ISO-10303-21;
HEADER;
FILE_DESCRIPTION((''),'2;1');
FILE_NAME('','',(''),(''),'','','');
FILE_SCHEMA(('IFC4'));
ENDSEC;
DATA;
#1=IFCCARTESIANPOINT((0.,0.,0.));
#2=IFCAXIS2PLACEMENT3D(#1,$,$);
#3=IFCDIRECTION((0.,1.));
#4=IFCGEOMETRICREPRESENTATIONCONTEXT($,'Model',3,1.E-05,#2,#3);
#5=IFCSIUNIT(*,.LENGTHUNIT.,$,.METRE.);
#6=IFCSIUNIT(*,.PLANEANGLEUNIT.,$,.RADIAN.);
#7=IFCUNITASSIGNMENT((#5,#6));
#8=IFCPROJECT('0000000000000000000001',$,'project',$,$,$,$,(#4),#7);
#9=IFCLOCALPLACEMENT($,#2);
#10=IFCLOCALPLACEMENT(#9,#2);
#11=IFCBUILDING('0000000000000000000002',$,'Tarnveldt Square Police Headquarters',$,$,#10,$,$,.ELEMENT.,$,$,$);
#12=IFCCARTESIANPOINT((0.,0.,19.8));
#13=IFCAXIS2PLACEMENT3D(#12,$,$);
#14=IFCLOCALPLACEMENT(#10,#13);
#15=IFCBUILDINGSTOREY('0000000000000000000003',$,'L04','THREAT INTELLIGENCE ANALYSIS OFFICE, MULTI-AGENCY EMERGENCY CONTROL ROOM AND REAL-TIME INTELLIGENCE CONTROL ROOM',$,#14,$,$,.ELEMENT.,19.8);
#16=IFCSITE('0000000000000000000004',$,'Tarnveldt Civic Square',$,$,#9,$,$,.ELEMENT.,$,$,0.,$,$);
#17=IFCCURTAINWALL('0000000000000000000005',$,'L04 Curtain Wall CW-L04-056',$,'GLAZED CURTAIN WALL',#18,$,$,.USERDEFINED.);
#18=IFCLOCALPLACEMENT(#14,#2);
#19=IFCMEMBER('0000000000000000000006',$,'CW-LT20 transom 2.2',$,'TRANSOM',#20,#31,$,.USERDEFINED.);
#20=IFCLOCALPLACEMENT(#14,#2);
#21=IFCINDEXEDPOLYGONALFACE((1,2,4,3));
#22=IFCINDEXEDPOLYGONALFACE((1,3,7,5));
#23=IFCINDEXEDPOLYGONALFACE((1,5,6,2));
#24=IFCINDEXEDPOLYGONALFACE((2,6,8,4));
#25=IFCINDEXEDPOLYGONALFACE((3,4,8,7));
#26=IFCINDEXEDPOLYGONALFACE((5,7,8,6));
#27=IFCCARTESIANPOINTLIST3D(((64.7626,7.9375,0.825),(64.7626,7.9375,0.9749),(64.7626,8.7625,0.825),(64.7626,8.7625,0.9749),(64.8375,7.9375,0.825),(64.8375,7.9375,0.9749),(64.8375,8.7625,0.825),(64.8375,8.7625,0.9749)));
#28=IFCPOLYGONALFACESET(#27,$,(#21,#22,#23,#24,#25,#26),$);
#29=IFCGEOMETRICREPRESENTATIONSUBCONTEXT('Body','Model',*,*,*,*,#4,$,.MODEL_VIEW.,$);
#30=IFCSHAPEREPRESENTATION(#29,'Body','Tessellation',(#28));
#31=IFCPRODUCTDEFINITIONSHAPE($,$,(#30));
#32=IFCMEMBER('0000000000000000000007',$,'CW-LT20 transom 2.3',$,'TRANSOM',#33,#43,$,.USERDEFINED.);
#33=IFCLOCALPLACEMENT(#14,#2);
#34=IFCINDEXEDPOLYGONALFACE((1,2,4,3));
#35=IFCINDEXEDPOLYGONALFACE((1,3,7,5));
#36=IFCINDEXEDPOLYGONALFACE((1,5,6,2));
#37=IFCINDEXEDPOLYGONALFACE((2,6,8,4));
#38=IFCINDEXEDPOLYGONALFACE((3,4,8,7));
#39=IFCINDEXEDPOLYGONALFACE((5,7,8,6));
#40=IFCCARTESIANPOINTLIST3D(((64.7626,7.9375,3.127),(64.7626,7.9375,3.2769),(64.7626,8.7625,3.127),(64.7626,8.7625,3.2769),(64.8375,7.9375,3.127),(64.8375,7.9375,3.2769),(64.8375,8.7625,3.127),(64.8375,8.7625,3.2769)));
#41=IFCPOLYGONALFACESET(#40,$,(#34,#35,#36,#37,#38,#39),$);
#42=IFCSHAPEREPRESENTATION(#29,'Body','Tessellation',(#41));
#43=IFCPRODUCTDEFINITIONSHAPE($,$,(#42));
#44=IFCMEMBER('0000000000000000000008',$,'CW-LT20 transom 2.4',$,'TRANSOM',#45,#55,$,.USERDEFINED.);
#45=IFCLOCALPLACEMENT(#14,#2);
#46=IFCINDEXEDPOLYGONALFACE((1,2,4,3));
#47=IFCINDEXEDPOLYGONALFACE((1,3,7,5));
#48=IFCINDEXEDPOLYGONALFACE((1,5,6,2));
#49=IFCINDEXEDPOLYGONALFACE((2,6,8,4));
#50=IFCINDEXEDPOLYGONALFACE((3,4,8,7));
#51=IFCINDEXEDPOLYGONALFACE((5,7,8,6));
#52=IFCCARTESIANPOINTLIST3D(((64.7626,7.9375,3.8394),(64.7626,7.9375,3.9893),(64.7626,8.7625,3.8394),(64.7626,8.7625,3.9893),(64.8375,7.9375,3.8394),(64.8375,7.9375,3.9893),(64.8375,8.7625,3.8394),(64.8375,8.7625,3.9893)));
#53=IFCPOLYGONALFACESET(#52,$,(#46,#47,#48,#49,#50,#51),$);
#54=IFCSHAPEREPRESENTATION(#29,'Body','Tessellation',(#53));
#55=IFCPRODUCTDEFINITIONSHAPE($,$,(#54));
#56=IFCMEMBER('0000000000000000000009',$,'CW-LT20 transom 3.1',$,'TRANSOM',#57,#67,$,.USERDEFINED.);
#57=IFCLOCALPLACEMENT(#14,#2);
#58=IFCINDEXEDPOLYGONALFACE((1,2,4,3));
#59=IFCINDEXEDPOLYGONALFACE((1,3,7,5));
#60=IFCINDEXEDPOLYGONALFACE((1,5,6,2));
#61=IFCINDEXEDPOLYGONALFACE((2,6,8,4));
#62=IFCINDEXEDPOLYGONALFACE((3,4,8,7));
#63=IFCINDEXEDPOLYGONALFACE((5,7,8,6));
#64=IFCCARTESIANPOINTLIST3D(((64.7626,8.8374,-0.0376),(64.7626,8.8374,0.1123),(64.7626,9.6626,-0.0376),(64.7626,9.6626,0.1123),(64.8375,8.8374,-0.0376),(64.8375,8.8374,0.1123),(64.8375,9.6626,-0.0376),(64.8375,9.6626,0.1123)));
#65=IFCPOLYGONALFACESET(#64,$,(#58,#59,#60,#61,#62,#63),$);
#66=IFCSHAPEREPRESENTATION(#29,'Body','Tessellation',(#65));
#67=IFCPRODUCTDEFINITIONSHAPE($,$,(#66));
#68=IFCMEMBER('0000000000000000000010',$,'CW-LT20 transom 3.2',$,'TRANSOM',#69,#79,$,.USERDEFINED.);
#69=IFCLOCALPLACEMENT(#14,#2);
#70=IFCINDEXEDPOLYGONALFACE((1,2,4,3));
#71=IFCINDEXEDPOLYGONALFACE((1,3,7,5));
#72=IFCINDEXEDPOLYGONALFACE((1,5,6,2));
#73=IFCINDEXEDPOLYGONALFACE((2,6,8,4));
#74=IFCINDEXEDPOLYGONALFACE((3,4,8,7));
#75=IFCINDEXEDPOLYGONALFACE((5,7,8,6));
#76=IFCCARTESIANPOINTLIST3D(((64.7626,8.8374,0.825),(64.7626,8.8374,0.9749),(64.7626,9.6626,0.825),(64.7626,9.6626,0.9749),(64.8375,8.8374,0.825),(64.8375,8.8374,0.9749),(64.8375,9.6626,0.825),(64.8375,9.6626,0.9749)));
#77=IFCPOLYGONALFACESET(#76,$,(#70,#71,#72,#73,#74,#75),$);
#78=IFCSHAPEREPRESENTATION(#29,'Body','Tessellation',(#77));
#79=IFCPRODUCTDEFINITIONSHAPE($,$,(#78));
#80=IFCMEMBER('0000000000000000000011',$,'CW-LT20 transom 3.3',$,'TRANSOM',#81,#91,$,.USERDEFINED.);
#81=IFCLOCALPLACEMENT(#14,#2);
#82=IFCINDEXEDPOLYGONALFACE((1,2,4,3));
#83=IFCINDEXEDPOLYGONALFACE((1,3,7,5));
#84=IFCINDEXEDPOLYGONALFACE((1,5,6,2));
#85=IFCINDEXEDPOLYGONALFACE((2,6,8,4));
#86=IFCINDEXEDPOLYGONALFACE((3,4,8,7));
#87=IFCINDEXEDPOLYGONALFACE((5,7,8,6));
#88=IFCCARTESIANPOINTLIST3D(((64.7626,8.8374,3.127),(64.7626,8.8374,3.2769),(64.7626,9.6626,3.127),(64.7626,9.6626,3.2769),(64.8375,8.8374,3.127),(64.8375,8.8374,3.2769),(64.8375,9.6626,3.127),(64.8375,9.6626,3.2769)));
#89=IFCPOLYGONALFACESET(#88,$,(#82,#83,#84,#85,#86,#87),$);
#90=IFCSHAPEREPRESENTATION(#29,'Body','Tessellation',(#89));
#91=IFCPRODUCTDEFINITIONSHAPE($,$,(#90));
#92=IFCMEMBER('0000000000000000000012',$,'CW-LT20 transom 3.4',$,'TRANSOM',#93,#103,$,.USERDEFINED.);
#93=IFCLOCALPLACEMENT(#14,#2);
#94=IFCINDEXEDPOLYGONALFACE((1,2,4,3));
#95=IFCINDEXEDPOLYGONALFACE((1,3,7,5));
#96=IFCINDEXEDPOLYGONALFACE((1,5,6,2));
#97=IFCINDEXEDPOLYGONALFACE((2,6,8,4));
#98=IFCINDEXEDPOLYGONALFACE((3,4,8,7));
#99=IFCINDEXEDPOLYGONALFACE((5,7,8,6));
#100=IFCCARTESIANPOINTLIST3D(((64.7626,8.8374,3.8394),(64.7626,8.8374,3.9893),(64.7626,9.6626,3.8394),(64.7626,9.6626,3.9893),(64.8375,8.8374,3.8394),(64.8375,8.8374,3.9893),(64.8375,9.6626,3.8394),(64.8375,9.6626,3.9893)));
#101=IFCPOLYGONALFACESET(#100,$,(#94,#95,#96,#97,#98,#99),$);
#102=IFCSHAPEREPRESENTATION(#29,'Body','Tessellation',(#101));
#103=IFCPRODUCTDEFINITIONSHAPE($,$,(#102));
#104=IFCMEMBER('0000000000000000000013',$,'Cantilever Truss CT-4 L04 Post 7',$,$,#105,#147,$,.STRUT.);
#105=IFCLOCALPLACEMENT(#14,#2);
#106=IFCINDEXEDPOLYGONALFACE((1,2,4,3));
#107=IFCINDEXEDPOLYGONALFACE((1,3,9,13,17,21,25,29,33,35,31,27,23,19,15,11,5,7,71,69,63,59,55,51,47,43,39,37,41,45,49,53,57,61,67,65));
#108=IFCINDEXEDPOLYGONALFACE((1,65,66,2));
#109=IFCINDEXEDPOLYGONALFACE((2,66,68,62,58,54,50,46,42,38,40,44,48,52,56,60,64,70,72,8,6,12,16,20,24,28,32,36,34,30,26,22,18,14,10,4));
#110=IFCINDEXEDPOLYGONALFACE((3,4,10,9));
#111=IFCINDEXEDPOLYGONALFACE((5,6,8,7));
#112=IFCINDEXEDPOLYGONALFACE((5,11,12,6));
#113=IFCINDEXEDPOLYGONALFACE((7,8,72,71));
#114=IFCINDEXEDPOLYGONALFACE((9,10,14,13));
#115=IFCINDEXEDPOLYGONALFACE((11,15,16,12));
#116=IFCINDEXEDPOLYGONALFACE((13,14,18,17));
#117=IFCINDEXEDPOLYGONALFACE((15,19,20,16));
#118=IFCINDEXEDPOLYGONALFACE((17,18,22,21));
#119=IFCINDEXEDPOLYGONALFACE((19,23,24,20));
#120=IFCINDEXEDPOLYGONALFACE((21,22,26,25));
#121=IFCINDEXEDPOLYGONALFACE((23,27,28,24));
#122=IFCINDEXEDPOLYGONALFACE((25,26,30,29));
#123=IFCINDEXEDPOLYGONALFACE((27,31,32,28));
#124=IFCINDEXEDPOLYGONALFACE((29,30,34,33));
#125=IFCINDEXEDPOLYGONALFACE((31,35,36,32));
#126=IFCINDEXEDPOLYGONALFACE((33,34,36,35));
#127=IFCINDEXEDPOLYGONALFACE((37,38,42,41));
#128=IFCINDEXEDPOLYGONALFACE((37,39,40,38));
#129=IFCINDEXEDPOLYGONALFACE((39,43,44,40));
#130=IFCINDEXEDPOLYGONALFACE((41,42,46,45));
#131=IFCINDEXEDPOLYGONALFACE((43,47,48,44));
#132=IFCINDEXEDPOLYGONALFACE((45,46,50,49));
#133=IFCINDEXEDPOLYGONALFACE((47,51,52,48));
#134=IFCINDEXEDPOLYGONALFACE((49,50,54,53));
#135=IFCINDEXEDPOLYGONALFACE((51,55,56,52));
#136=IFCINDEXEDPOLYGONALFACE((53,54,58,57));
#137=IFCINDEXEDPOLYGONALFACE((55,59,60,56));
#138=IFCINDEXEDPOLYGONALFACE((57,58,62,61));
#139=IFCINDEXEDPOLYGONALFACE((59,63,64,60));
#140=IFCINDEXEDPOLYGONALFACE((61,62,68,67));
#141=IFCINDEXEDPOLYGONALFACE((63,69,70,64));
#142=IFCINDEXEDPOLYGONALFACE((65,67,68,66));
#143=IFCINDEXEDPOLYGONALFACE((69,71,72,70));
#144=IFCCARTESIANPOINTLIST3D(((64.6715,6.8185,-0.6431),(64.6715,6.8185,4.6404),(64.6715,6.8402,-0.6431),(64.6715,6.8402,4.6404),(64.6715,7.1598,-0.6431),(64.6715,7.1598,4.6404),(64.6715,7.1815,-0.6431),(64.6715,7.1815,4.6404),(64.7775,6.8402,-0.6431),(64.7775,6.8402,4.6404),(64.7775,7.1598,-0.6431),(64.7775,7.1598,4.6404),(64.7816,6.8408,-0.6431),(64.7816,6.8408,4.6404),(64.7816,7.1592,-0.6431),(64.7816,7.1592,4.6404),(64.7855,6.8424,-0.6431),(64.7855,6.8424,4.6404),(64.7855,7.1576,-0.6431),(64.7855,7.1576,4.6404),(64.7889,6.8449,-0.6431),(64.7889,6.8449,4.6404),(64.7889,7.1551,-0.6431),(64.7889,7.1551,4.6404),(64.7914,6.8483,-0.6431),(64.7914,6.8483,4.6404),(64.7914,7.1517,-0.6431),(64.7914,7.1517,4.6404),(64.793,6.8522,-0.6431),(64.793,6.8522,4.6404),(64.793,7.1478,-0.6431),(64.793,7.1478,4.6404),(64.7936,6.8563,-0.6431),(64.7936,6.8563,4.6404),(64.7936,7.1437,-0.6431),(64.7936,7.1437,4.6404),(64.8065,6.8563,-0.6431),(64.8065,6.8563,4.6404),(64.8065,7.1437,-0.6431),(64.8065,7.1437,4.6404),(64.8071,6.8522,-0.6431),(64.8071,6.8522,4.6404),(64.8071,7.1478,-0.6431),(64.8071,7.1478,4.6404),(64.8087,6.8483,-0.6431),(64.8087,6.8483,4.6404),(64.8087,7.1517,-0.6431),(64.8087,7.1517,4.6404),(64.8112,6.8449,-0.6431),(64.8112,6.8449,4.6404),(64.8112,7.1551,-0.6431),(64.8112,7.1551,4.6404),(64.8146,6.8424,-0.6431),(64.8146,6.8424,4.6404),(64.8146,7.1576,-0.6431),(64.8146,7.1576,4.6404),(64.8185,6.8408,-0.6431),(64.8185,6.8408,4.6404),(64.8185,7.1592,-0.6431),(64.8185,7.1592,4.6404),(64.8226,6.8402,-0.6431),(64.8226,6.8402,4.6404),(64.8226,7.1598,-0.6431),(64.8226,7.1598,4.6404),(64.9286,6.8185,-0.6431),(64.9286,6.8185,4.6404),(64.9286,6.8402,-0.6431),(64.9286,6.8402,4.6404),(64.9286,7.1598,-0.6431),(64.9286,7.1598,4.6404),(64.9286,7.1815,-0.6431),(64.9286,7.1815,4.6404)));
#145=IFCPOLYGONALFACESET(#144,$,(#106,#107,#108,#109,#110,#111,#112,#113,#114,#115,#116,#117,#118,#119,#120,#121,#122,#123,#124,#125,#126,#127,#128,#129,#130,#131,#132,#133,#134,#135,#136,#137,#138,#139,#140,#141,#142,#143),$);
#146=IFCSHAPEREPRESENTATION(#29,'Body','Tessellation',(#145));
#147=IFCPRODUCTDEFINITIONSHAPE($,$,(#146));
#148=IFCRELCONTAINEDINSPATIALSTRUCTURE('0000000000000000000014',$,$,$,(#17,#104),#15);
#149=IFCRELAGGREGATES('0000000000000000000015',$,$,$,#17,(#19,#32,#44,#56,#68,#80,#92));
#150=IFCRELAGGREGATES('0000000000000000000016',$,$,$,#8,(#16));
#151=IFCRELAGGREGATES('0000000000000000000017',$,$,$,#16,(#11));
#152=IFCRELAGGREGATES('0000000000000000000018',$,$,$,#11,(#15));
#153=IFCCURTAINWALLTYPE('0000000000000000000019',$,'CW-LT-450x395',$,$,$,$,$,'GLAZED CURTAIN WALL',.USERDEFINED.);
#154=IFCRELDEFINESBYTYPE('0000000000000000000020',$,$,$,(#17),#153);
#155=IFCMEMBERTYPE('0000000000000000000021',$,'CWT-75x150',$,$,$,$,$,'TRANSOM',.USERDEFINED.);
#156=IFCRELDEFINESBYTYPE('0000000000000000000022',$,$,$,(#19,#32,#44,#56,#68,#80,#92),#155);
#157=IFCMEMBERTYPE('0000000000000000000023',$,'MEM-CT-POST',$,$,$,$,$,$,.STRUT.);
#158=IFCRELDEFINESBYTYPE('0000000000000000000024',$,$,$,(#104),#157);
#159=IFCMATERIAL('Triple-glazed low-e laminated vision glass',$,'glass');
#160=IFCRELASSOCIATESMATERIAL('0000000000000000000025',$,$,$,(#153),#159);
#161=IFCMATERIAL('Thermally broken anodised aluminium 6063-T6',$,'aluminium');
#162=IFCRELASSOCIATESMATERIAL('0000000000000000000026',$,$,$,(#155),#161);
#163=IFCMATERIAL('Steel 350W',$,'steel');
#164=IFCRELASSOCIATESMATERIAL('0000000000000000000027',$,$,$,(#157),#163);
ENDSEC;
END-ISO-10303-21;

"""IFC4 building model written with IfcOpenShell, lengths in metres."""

from ifc_helpers import new_model, si_unit, direction, frame, origin, origin_2d, place, context, subcontext, project, spatial, rectangle, i_section, extrude, material, material_profile, profile_set, type_object, element, aggregate, save


model = new_model("IFC4")

# Units and contexts
model_context = context("Model", 3, precision=1e-05, world=origin(), true_north=direction((0.0, 1.0)))
body_context = subcontext(model_context, "Body", "Model", "MODEL_VIEW")
ifc_project = project(units=[si_unit("LENGTHUNIT", "METRE"), si_unit("PLANEANGLEUNIT", "RADIAN")], contexts=[model_context])

# Site, building, storey
site_placement = place(None, origin())
site = spatial("IfcSite", under=ifc_project, at=site_placement, Name="Tarnveldt Civic Square", CompositionType="ELEMENT", RefElevation=0.0)
building_placement = place(site_placement, origin())
building = spatial("IfcBuilding", under=site, at=building_placement, Name="Tarnveldt Square Police Headquarters", CompositionType="ELEMENT")
storey_placement = place(building_placement, frame((0.0, 0.0, 19.8)))
storey = spatial("IfcBuildingStorey", under=building, at=storey_placement, Name="L04", Description="THREAT INTELLIGENCE ANALYSIS OFFICE, MULTI-AGENCY EMERGENCY CONTROL ROOM AND REAL-TIME INTELLIGENCE CONTROL ROOM", CompositionType="ELEMENT", Elevation=19.8)

# Curtain wall
ifc_material_1 = material(Name="Triple-glazed low-e laminated vision glass", Category="glass")
curtain_wall_type_1 = type_object("IfcCurtainWallType", Name="CW-LT-450x395", ElementType="GLAZED CURTAIN WALL", PredefinedType="USERDEFINED", material=ifc_material_1)
curtain_wall_1_placement = place(storey_placement, origin())
curtain_wall_1 = element("IfcCurtainWall", 1, at=curtain_wall_1_placement, inside=storey, type_object=curtain_wall_type_1, Name="L04 Curtain Wall CW-L04-056", ObjectType="GLAZED CURTAIN WALL", PredefinedType="USERDEFINED")
ifc_material_2 = material(Name="Thermally broken anodised aluminium 6063-T6", Category="aluminium")
ifc_material_profile_1 = material_profile(ifc_material_2, rectangle(XDim=0.075, YDim=0.1499, at=origin_2d()), Name="CW-T75x150")
ifc_profile_set_1 = profile_set([ifc_material_profile_1], Name="Thermally broken anodised aluminium 6063-T6")
member_type_1 = type_object("IfcMemberType", Name="CWT-75x150", ElementType="TRANSOM", PredefinedType="USERDEFINED", material=ifc_profile_set_1)

# Members
member_1_placement = place(storey_placement, frame((64.8, 7.9375, 0.8999), z_axis=(0.0, 1.0, 0.0), x_axis=(-1.0, 0.0, 0.0)))
member_1 = element("IfcMember", 2, at=member_1_placement, type_object=member_type_1, Name="CW-LT20 transom 2.2", ObjectType="TRANSOM", PredefinedType="USERDEFINED", context=body_context, shape_type="SweptSolid", body=[
    extrude(rectangle(XDim=0.075, YDim=0.1499, at=origin_2d()), origin(), (0.0, 0.0, 1.0), 0.825),
])
member_2_placement = place(storey_placement, frame((64.8, 7.9375, 3.2019), z_axis=(0.0, 1.0, 0.0), x_axis=(-1.0, 0.0, 0.0)))
member_2 = element("IfcMember", 3, at=member_2_placement, type_object=member_type_1, Name="CW-LT20 transom 2.3", ObjectType="TRANSOM", PredefinedType="USERDEFINED", context=body_context, shape_type="SweptSolid", body=[
    extrude(rectangle(XDim=0.075, YDim=0.1499, at=origin_2d()), origin(), (0.0, 0.0, 1.0), 0.825),
])
member_3_placement = place(storey_placement, frame((64.8, 7.9375, 3.9143), z_axis=(0.0, 1.0, 0.0), x_axis=(-1.0, 0.0, 0.0)))
member_3 = element("IfcMember", 4, at=member_3_placement, type_object=member_type_1, Name="CW-LT20 transom 2.4", ObjectType="TRANSOM", PredefinedType="USERDEFINED", context=body_context, shape_type="SweptSolid", body=[
    extrude(rectangle(XDim=0.075, YDim=0.1499, at=origin_2d()), origin(), (0.0, 0.0, 1.0), 0.825),
])
member_4_placement = place(storey_placement, frame((64.8, 8.8374, 0.0374), z_axis=(0.0, 1.0, 0.0), x_axis=(-1.0, 0.0, 0.0)))
member_4 = element("IfcMember", 5, at=member_4_placement, type_object=member_type_1, Name="CW-LT20 transom 3.1", ObjectType="TRANSOM", PredefinedType="USERDEFINED", context=body_context, shape_type="SweptSolid", body=[
    extrude(rectangle(XDim=0.075, YDim=0.1499, at=origin_2d()), origin(), (0.0, 0.0, 1.0), 0.8252),
])
member_5_placement = place(storey_placement, frame((64.8, 8.8374, 0.8999), z_axis=(0.0, 1.0, 0.0), x_axis=(-1.0, 0.0, 0.0)))
member_5 = element("IfcMember", 6, at=member_5_placement, type_object=member_type_1, Name="CW-LT20 transom 3.2", ObjectType="TRANSOM", PredefinedType="USERDEFINED", context=body_context, shape_type="SweptSolid", body=[
    extrude(rectangle(XDim=0.075, YDim=0.1499, at=origin_2d()), origin(), (0.0, 0.0, 1.0), 0.8252),
])
member_6_placement = place(storey_placement, frame((64.8, 8.8374, 3.2019), z_axis=(0.0, 1.0, 0.0), x_axis=(-1.0, 0.0, 0.0)))
member_6 = element("IfcMember", 7, at=member_6_placement, type_object=member_type_1, Name="CW-LT20 transom 3.3", ObjectType="TRANSOM", PredefinedType="USERDEFINED", context=body_context, shape_type="SweptSolid", body=[
    extrude(rectangle(XDim=0.075, YDim=0.1499, at=origin_2d()), origin(), (0.0, 0.0, 1.0), 0.8252),
])
member_7_placement = place(storey_placement, frame((64.8, 8.8374, 3.9143), z_axis=(0.0, 1.0, 0.0), x_axis=(-1.0, 0.0, 0.0)))
member_7 = element("IfcMember", 8, at=member_7_placement, type_object=member_type_1, Name="CW-LT20 transom 3.4", ObjectType="TRANSOM", PredefinedType="USERDEFINED", context=body_context, shape_type="SweptSolid", body=[
    extrude(rectangle(XDim=0.075, YDim=0.1499, at=origin_2d()), origin(), (0.0, 0.0, 1.0), 0.8252),
])

# Member
ifc_material_3 = material(Name="Steel 350W", Category="steel")
ifc_material_profile_2 = material_profile(ifc_material_3, i_section(OverallWidth=0.2571, OverallDepth=0.363, WebThickness=0.0129, FlangeThickness=0.0217, FilletRadius=0.0161, at=origin_2d()), Name="W360x122")
ifc_profile_set_2 = profile_set([ifc_material_profile_2], Name="Steel 350W")
member_type_2 = type_object("IfcMemberType", Name="MEM-CT-POST", PredefinedType="STRUT", material=ifc_profile_set_2)
member_8_placement = place(storey_placement, frame((64.8, 7.0, -0.6431), z_axis=(0.0, 0.0, 1.0), x_axis=(1.0, 0.0, 0.0)))
element("IfcMember", 9, at=member_8_placement, inside=storey, type_object=member_type_2, Name="Cantilever Truss CT-4 L04 Post 7", PredefinedType="STRUT", context=body_context, shape_type="SweptSolid", body=[
    extrude(i_section(OverallWidth=0.2571, OverallDepth=0.363, WebThickness=0.0129, FlangeThickness=0.0217, FilletRadius=0.0161, at=origin_2d()), origin(), (0.0, 0.0, 1.0), 5.2834),
])

aggregate(curtain_wall_1, [member_1, member_2, member_3, member_4, member_5, member_6, member_7])

save(model, "model.ifc")
